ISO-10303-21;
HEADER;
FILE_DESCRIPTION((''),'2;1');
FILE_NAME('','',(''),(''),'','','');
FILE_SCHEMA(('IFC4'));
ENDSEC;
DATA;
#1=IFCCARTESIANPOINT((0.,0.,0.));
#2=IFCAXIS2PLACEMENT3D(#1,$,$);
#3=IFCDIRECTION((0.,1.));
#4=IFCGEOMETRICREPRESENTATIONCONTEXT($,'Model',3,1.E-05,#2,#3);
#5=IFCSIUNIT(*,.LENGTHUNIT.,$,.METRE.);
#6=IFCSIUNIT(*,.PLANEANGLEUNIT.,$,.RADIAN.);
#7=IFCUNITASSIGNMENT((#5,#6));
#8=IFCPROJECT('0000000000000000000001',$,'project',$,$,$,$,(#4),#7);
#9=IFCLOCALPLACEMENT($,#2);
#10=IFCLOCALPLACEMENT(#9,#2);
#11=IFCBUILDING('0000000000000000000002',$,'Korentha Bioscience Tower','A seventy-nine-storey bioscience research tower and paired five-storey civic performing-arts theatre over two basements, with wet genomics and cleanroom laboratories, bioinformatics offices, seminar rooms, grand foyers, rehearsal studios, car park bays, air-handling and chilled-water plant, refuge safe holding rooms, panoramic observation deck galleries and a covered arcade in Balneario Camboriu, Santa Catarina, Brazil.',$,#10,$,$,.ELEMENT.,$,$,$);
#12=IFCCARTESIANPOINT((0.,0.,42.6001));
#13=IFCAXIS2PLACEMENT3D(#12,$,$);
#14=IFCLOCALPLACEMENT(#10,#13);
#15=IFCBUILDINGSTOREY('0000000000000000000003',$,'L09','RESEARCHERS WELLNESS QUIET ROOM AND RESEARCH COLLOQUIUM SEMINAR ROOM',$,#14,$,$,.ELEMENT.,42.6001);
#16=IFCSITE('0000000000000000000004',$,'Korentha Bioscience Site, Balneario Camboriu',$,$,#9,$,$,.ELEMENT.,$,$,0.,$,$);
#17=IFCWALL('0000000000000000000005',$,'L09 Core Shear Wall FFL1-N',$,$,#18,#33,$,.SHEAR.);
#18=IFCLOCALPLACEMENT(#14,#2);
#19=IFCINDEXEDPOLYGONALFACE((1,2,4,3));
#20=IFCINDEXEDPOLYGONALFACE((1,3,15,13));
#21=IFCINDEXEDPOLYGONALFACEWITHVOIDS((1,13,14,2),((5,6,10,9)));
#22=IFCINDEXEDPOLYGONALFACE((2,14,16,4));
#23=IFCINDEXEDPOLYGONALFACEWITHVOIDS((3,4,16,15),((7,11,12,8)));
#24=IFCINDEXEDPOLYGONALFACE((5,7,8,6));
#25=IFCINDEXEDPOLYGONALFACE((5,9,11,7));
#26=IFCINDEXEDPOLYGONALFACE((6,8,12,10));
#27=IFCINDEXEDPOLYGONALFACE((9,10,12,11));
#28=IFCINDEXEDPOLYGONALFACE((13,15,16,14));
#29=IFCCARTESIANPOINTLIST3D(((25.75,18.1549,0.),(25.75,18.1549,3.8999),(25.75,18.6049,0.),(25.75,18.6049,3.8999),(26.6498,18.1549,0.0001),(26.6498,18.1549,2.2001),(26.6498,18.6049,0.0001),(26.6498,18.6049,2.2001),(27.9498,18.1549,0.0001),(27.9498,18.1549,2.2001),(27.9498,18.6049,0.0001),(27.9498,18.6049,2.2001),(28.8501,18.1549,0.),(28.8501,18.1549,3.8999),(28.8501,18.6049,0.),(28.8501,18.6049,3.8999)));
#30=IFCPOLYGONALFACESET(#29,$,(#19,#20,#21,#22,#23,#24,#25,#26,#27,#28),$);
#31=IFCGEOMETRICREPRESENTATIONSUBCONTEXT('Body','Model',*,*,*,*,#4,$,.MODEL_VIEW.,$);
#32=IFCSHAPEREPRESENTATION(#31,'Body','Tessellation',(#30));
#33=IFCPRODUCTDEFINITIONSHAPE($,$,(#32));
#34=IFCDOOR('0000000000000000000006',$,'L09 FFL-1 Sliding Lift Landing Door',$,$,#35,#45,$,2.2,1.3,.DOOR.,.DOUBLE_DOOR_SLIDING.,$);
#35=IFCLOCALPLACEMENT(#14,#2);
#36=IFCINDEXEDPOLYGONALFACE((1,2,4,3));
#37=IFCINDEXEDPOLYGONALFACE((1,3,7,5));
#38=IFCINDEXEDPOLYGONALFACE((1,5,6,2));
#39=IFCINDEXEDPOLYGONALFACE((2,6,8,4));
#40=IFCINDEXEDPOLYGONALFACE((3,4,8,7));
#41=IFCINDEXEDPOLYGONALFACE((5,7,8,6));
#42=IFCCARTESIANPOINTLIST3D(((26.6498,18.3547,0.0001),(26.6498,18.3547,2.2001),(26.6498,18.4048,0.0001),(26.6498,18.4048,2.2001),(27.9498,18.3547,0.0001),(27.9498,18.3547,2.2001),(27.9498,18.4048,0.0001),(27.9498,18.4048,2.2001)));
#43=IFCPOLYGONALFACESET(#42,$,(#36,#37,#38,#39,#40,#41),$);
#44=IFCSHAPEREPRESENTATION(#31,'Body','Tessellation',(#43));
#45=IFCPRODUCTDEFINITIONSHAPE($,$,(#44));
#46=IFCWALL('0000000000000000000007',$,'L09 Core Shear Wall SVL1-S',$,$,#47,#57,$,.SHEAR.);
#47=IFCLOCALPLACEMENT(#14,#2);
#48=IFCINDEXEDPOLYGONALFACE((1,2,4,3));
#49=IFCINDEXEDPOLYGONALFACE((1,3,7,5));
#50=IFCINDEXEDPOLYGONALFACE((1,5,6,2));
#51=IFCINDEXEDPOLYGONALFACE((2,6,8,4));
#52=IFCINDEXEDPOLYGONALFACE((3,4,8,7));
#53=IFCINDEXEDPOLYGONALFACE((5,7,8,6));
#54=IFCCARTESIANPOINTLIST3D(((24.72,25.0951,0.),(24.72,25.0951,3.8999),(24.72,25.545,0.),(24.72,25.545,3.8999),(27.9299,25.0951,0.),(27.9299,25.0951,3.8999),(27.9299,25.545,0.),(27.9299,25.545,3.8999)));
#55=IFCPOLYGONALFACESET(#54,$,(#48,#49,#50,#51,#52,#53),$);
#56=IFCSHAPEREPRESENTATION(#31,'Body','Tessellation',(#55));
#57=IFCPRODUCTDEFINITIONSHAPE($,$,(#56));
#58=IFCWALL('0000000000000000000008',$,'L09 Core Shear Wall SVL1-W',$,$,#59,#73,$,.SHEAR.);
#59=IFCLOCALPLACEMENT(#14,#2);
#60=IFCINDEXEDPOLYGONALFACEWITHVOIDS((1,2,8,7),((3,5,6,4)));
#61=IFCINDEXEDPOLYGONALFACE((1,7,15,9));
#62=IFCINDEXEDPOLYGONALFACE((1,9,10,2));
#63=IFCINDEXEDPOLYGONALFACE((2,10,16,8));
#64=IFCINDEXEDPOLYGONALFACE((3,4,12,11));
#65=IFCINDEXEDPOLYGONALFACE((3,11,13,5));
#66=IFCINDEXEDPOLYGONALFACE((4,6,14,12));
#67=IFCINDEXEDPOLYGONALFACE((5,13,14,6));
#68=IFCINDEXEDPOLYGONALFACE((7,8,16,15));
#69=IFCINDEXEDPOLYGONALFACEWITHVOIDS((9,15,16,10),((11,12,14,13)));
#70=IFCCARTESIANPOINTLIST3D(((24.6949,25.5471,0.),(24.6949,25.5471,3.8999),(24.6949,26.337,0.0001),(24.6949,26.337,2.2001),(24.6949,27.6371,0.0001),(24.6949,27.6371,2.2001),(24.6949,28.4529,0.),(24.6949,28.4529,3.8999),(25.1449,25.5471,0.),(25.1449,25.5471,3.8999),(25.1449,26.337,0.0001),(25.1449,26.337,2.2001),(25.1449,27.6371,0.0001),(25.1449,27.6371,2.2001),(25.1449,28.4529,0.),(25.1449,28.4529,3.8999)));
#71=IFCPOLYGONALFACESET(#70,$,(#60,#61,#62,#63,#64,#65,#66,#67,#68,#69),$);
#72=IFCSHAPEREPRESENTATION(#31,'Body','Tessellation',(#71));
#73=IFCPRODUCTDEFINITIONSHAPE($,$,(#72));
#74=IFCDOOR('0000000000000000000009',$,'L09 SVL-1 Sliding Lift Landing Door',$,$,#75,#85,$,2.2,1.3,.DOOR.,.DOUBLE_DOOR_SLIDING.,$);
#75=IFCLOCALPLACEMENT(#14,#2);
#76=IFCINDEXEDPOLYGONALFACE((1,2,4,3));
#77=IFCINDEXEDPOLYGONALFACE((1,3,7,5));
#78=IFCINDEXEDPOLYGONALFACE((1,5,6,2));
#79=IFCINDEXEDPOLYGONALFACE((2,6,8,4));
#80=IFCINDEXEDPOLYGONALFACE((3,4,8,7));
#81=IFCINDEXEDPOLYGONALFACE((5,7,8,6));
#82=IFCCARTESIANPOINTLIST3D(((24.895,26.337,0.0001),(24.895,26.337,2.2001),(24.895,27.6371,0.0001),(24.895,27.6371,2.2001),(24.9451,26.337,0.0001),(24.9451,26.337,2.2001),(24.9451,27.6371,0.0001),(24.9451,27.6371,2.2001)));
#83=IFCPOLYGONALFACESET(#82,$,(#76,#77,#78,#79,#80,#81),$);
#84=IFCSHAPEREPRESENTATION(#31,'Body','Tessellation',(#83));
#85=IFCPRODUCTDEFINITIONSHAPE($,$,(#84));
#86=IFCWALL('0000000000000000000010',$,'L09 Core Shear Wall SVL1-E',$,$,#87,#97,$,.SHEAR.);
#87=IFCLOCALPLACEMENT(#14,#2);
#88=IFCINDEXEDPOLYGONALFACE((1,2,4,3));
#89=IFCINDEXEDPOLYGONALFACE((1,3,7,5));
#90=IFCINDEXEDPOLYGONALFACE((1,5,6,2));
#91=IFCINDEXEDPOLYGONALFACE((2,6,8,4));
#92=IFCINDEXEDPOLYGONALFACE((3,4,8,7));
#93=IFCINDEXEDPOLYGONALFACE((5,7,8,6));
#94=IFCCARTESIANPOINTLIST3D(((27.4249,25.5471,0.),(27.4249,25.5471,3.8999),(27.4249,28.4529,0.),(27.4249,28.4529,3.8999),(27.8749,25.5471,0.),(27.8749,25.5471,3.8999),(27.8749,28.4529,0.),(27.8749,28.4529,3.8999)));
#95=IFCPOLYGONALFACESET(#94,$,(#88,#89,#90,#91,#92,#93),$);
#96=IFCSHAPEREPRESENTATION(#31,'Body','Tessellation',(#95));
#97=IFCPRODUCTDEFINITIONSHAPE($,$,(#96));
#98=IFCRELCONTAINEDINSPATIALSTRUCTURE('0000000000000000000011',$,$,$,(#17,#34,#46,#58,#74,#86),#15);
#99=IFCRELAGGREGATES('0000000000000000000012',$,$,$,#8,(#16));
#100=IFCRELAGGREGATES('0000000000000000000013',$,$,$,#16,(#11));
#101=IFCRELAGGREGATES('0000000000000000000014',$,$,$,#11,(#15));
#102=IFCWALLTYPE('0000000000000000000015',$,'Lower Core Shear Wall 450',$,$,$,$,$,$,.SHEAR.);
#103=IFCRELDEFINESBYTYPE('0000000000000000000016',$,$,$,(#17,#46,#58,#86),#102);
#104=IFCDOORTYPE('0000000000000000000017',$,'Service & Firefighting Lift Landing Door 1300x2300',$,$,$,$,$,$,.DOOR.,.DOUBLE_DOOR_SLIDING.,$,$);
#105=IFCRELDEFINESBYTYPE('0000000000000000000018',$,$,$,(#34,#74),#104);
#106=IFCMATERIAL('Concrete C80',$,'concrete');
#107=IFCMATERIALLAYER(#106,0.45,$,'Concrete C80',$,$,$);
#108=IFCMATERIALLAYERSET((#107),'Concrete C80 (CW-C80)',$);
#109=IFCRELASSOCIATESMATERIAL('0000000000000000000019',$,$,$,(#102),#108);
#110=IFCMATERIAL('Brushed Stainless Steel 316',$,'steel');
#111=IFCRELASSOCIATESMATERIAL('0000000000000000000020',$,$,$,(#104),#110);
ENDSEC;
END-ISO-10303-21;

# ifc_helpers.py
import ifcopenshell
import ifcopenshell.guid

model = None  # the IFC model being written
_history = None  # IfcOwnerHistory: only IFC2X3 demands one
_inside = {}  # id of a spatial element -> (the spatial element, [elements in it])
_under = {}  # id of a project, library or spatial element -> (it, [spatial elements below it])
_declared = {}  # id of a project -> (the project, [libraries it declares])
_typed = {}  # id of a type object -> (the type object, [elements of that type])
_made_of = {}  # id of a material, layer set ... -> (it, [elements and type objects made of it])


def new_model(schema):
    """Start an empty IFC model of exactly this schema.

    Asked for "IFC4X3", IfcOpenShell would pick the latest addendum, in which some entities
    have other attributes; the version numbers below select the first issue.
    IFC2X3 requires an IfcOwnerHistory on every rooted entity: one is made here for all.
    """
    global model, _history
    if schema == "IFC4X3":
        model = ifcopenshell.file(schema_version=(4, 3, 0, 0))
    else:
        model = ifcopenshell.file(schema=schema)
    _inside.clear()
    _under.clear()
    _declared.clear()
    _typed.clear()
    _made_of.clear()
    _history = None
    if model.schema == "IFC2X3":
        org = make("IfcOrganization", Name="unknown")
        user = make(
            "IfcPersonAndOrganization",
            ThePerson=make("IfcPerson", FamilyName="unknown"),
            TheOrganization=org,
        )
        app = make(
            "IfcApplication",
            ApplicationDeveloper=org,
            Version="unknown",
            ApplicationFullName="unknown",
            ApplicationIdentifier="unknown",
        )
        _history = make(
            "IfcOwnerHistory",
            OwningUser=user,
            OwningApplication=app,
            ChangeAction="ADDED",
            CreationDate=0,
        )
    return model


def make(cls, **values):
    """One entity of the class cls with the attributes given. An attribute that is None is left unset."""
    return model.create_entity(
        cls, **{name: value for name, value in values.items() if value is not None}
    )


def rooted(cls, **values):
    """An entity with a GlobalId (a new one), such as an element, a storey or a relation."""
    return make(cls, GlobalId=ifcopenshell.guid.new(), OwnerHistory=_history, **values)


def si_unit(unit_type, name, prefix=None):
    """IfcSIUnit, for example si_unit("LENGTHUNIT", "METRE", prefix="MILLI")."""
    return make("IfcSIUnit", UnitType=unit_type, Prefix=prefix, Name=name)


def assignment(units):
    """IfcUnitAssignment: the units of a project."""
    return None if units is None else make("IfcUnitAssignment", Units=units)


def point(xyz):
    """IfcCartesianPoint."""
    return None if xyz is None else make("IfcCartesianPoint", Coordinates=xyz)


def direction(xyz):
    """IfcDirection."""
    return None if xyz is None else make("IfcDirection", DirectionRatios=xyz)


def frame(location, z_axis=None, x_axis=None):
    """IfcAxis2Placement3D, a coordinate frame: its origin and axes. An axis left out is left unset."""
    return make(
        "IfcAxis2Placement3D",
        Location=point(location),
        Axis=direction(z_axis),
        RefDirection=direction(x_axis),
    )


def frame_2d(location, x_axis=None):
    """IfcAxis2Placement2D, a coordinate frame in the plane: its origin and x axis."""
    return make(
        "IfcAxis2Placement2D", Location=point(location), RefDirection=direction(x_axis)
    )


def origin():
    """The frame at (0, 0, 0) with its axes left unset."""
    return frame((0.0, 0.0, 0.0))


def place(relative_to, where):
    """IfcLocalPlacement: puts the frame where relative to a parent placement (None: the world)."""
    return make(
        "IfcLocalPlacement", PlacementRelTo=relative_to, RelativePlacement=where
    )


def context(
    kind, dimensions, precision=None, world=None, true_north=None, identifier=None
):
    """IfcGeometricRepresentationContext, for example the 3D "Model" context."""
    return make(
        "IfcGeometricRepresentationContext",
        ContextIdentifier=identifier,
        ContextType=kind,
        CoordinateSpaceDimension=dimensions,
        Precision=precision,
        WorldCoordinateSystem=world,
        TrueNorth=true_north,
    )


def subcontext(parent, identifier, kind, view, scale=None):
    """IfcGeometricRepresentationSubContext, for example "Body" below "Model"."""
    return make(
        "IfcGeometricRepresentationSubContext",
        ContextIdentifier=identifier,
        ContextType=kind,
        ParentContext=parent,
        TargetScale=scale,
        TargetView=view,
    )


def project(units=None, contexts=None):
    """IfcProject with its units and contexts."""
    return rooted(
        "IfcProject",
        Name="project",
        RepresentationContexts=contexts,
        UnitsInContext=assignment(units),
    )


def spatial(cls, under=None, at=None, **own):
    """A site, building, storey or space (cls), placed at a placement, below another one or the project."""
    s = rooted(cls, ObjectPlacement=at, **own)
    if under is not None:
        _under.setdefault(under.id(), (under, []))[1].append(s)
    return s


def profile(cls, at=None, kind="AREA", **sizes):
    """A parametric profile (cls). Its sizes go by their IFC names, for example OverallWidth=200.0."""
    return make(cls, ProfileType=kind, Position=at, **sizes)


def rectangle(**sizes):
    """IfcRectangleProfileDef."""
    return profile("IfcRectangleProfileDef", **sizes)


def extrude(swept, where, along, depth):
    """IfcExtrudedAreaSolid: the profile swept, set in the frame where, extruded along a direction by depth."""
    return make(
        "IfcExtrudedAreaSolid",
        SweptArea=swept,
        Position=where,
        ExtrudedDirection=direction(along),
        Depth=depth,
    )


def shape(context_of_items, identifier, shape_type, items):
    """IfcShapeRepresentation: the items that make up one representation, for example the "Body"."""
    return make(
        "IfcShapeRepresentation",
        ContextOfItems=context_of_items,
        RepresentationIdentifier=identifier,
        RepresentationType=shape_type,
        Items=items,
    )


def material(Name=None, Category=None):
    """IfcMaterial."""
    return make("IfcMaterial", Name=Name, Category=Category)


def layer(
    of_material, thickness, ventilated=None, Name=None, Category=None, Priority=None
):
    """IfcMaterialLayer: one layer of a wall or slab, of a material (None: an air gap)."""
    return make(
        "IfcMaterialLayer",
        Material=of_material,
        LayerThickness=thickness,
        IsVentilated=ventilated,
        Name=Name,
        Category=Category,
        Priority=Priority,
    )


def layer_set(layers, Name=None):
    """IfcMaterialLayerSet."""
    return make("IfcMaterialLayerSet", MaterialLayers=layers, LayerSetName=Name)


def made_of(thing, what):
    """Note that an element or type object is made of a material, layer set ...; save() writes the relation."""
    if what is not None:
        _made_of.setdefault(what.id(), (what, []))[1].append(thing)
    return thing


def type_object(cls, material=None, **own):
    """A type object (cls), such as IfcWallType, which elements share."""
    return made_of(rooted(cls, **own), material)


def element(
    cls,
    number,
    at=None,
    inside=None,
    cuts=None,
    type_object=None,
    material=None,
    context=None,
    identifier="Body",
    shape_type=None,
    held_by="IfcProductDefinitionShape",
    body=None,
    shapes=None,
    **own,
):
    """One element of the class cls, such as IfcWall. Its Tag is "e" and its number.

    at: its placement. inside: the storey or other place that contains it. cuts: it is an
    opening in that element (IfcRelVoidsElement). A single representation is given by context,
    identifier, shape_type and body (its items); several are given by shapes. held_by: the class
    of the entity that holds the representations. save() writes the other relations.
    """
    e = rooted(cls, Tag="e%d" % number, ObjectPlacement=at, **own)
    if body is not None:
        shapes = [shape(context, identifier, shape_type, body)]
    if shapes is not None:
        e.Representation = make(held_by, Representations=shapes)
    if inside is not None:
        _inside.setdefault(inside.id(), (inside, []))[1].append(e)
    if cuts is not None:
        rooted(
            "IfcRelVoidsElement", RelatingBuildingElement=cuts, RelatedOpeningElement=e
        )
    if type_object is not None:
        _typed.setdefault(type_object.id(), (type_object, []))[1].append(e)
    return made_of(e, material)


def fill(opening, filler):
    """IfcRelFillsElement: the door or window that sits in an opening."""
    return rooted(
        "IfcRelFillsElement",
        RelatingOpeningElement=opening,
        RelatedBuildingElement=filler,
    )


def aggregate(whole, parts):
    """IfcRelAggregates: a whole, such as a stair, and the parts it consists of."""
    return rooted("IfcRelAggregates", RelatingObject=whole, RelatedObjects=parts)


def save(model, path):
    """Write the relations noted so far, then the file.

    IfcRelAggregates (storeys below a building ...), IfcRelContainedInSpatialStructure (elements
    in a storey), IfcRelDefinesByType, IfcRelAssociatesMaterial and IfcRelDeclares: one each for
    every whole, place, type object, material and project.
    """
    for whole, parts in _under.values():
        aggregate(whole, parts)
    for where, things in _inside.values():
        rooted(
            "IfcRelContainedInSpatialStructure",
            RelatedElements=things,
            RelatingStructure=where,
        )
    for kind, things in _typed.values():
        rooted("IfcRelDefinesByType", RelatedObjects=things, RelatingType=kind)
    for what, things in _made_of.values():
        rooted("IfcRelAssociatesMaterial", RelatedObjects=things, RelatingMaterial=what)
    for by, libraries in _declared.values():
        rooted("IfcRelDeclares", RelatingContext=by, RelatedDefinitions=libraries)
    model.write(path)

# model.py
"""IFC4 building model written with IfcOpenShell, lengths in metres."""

from ifc_helpers import new_model, si_unit, direction, frame, frame_2d, origin, place, context, subcontext, project, spatial, rectangle, extrude, material, layer, layer_set, type_object, element, fill, save


model = new_model("IFC4")

# Units and contexts
model_context = context("Model", 3, precision=1e-05, world=origin(), true_north=direction((0.0, 1.0)))
body_context = subcontext(model_context, "Body", "Model", "MODEL_VIEW")
ifc_project = project(units=[si_unit("LENGTHUNIT", "METRE"), si_unit("PLANEANGLEUNIT", "RADIAN")], contexts=[model_context])

# Site, building, storey
site_placement = place(None, origin())
site = spatial("IfcSite", under=ifc_project, at=site_placement, Name="Korentha Bioscience Site, Balneario Camboriu", CompositionType="ELEMENT", RefElevation=0.0)
building_placement = place(site_placement, origin())
building = spatial("IfcBuilding", under=site, at=building_placement, Name="Korentha Bioscience Tower", Description="A seventy-nine-storey bioscience research tower and paired five-storey civic performing-arts theatre over two basements, with wet genomics and cleanroom laboratories, bioinformatics offices, seminar rooms, grand foyers, rehearsal studios, car park bays, air-handling and chilled-water plant, refuge safe holding rooms, panoramic observation deck galleries and a covered arcade in Balneario Camboriu, Santa Catarina, Brazil.", CompositionType="ELEMENT")
storey_placement = place(building_placement, frame((0.0, 0.0, 42.6001)))
storey = spatial("IfcBuildingStorey", under=building, at=storey_placement, Name="L09", Description="RESEARCHERS WELLNESS QUIET ROOM AND RESEARCH COLLOQUIUM SEMINAR ROOM", CompositionType="ELEMENT", Elevation=42.6001)

# Shared definitions
ifc_material_1 = material(Name="Concrete C80", Category="concrete")
ifc_layer_1 = layer(ifc_material_1, 0.45, Name="Concrete C80")
ifc_layer_set_1 = layer_set([ifc_layer_1], Name="Concrete C80 (CW-C80)")
wall_type_1 = type_object("IfcWallType", Name="Lower Core Shear Wall 450", PredefinedType="SHEAR", material=ifc_layer_set_1)

# Wall, opening, door
wall_1_placement = place(storey_placement, frame((25.75, 18.3799, 0.0), z_axis=(0.0, 0.0, 1.0), x_axis=(1.0, 0.0, 0.0)))
wall_1 = element("IfcWall", 1, at=wall_1_placement, inside=storey, type_object=wall_type_1, Name="L09 Core Shear Wall FFL1-N", PredefinedType="SHEAR", context=body_context, shape_type="SweptSolid", body=[
    extrude(rectangle(XDim=3.1001, YDim=0.45, at=frame_2d((1.55, 0.0))), origin(), (0.0, 0.0, 1.0), 3.8999),
])
opening_1_placement = place(wall_1_placement, frame((0.8999, 0.0, 0.0)))
opening_1 = element("IfcOpeningElement", 2, at=opening_1_placement, cuts=wall_1, PredefinedType="OPENING", context=body_context, shape_type="SweptSolid", body=[
    extrude(rectangle(XDim=1.3, YDim=2.2, at=frame_2d((0.6499, 1.1001))), frame((0.0, 0.2397, 0.0), z_axis=(0.0, -1.0, 0.0), x_axis=(1.0, 0.0, 0.0)), (0.0, 0.0, 1.0), 0.4797),
])
ifc_material_2 = material(Name="Brushed Stainless Steel 316", Category="steel")
door_type_1 = type_object("IfcDoorType", Name="Service & Firefighting Lift Landing Door 1300x2300", OperationType="DOUBLE_DOOR_SLIDING", PredefinedType="DOOR", material=ifc_material_2)
door_1_placement = place(opening_1_placement, origin())
door_1 = element("IfcDoor", 3, at=door_1_placement, inside=storey, type_object=door_type_1, Name="L09 FFL-1 Sliding Lift Landing Door", OperationType="DOUBLE_DOOR_SLIDING", OverallHeight=2.2, OverallWidth=1.3, PredefinedType="DOOR", context=body_context, shape_type="SweptSolid", body=[
    extrude(rectangle(XDim=1.3, YDim=2.2, at=frame_2d((0.6499, 1.1001))), frame((0.0, 0.0249, 0.0), z_axis=(0.0, -1.0, 0.0), x_axis=(1.0, 0.0, 0.0)), (0.0, 0.0, 1.0), 0.05),
])
fill(opening_1, door_1)

# Wall
wall_2_placement = place(storey_placement, frame((24.72, 25.3201, 0.0), z_axis=(0.0, 0.0, 1.0), x_axis=(1.0, 0.0, 0.0)))
element("IfcWall", 4, at=wall_2_placement, inside=storey, type_object=wall_type_1, Name="L09 Core Shear Wall SVL1-S", PredefinedType="SHEAR", context=body_context, shape_type="SweptSolid", body=[
    extrude(rectangle(XDim=3.21, YDim=0.45, at=frame_2d((1.605, 0.0))), origin(), (0.0, 0.0, 1.0), 3.8999),
])

# Wall, opening, door
wall_3_placement = place(storey_placement, frame((24.9199, 25.5471, 0.0), z_axis=(0.0, 0.0, 1.0), x_axis=(0.0, 1.0, 0.0)))
wall_3 = element("IfcWall", 5, at=wall_3_placement, inside=storey, type_object=wall_type_1, Name="L09 Core Shear Wall SVL1-W", PredefinedType="SHEAR", context=body_context, shape_type="SweptSolid", body=[
    extrude(rectangle(XDim=2.9058, YDim=0.45, at=frame_2d((1.4529, 0.0))), origin(), (0.0, 0.0, 1.0), 3.8999),
])
opening_2_placement = place(wall_3_placement, frame((0.79, 0.0, 0.0)))
opening_2 = element("IfcOpeningElement", 6, at=opening_2_placement, cuts=wall_3, PredefinedType="OPENING", context=body_context, shape_type="SweptSolid", body=[
    extrude(rectangle(XDim=1.3, YDim=2.2, at=frame_2d((0.6499, 1.1001))), frame((0.0, 0.2397, 0.0), z_axis=(0.0, -1.0, 0.0), x_axis=(1.0, 0.0, 0.0)), (0.0, 0.0, 1.0), 0.4797),
])
door_2_placement = place(opening_2_placement, origin())
door_2 = element("IfcDoor", 7, at=door_2_placement, inside=storey, type_object=door_type_1, Name="L09 SVL-1 Sliding Lift Landing Door", OperationType="DOUBLE_DOOR_SLIDING", OverallHeight=2.2, OverallWidth=1.3, PredefinedType="DOOR", context=body_context, shape_type="SweptSolid", body=[
    extrude(rectangle(XDim=1.3, YDim=2.2, at=frame_2d((0.6499, 1.1001))), frame((0.0, 0.0249, 0.0), z_axis=(0.0, -1.0, 0.0), x_axis=(1.0, 0.0, 0.0)), (0.0, 0.0, 1.0), 0.05),
])
fill(opening_2, door_2)

# Wall
wall_4_placement = place(storey_placement, frame((27.6499, 25.5471, 0.0), z_axis=(0.0, 0.0, 1.0), x_axis=(0.0, 1.0, 0.0)))
element("IfcWall", 8, at=wall_4_placement, inside=storey, type_object=wall_type_1, Name="L09 Core Shear Wall SVL1-E", PredefinedType="SHEAR", context=body_context, shape_type="SweptSolid", body=[
    extrude(rectangle(XDim=2.9058, YDim=0.45, at=frame_2d((1.4529, 0.0))), origin(), (0.0, 0.0, 1.0), 3.8999),
])

save(model, "model.ifc")
